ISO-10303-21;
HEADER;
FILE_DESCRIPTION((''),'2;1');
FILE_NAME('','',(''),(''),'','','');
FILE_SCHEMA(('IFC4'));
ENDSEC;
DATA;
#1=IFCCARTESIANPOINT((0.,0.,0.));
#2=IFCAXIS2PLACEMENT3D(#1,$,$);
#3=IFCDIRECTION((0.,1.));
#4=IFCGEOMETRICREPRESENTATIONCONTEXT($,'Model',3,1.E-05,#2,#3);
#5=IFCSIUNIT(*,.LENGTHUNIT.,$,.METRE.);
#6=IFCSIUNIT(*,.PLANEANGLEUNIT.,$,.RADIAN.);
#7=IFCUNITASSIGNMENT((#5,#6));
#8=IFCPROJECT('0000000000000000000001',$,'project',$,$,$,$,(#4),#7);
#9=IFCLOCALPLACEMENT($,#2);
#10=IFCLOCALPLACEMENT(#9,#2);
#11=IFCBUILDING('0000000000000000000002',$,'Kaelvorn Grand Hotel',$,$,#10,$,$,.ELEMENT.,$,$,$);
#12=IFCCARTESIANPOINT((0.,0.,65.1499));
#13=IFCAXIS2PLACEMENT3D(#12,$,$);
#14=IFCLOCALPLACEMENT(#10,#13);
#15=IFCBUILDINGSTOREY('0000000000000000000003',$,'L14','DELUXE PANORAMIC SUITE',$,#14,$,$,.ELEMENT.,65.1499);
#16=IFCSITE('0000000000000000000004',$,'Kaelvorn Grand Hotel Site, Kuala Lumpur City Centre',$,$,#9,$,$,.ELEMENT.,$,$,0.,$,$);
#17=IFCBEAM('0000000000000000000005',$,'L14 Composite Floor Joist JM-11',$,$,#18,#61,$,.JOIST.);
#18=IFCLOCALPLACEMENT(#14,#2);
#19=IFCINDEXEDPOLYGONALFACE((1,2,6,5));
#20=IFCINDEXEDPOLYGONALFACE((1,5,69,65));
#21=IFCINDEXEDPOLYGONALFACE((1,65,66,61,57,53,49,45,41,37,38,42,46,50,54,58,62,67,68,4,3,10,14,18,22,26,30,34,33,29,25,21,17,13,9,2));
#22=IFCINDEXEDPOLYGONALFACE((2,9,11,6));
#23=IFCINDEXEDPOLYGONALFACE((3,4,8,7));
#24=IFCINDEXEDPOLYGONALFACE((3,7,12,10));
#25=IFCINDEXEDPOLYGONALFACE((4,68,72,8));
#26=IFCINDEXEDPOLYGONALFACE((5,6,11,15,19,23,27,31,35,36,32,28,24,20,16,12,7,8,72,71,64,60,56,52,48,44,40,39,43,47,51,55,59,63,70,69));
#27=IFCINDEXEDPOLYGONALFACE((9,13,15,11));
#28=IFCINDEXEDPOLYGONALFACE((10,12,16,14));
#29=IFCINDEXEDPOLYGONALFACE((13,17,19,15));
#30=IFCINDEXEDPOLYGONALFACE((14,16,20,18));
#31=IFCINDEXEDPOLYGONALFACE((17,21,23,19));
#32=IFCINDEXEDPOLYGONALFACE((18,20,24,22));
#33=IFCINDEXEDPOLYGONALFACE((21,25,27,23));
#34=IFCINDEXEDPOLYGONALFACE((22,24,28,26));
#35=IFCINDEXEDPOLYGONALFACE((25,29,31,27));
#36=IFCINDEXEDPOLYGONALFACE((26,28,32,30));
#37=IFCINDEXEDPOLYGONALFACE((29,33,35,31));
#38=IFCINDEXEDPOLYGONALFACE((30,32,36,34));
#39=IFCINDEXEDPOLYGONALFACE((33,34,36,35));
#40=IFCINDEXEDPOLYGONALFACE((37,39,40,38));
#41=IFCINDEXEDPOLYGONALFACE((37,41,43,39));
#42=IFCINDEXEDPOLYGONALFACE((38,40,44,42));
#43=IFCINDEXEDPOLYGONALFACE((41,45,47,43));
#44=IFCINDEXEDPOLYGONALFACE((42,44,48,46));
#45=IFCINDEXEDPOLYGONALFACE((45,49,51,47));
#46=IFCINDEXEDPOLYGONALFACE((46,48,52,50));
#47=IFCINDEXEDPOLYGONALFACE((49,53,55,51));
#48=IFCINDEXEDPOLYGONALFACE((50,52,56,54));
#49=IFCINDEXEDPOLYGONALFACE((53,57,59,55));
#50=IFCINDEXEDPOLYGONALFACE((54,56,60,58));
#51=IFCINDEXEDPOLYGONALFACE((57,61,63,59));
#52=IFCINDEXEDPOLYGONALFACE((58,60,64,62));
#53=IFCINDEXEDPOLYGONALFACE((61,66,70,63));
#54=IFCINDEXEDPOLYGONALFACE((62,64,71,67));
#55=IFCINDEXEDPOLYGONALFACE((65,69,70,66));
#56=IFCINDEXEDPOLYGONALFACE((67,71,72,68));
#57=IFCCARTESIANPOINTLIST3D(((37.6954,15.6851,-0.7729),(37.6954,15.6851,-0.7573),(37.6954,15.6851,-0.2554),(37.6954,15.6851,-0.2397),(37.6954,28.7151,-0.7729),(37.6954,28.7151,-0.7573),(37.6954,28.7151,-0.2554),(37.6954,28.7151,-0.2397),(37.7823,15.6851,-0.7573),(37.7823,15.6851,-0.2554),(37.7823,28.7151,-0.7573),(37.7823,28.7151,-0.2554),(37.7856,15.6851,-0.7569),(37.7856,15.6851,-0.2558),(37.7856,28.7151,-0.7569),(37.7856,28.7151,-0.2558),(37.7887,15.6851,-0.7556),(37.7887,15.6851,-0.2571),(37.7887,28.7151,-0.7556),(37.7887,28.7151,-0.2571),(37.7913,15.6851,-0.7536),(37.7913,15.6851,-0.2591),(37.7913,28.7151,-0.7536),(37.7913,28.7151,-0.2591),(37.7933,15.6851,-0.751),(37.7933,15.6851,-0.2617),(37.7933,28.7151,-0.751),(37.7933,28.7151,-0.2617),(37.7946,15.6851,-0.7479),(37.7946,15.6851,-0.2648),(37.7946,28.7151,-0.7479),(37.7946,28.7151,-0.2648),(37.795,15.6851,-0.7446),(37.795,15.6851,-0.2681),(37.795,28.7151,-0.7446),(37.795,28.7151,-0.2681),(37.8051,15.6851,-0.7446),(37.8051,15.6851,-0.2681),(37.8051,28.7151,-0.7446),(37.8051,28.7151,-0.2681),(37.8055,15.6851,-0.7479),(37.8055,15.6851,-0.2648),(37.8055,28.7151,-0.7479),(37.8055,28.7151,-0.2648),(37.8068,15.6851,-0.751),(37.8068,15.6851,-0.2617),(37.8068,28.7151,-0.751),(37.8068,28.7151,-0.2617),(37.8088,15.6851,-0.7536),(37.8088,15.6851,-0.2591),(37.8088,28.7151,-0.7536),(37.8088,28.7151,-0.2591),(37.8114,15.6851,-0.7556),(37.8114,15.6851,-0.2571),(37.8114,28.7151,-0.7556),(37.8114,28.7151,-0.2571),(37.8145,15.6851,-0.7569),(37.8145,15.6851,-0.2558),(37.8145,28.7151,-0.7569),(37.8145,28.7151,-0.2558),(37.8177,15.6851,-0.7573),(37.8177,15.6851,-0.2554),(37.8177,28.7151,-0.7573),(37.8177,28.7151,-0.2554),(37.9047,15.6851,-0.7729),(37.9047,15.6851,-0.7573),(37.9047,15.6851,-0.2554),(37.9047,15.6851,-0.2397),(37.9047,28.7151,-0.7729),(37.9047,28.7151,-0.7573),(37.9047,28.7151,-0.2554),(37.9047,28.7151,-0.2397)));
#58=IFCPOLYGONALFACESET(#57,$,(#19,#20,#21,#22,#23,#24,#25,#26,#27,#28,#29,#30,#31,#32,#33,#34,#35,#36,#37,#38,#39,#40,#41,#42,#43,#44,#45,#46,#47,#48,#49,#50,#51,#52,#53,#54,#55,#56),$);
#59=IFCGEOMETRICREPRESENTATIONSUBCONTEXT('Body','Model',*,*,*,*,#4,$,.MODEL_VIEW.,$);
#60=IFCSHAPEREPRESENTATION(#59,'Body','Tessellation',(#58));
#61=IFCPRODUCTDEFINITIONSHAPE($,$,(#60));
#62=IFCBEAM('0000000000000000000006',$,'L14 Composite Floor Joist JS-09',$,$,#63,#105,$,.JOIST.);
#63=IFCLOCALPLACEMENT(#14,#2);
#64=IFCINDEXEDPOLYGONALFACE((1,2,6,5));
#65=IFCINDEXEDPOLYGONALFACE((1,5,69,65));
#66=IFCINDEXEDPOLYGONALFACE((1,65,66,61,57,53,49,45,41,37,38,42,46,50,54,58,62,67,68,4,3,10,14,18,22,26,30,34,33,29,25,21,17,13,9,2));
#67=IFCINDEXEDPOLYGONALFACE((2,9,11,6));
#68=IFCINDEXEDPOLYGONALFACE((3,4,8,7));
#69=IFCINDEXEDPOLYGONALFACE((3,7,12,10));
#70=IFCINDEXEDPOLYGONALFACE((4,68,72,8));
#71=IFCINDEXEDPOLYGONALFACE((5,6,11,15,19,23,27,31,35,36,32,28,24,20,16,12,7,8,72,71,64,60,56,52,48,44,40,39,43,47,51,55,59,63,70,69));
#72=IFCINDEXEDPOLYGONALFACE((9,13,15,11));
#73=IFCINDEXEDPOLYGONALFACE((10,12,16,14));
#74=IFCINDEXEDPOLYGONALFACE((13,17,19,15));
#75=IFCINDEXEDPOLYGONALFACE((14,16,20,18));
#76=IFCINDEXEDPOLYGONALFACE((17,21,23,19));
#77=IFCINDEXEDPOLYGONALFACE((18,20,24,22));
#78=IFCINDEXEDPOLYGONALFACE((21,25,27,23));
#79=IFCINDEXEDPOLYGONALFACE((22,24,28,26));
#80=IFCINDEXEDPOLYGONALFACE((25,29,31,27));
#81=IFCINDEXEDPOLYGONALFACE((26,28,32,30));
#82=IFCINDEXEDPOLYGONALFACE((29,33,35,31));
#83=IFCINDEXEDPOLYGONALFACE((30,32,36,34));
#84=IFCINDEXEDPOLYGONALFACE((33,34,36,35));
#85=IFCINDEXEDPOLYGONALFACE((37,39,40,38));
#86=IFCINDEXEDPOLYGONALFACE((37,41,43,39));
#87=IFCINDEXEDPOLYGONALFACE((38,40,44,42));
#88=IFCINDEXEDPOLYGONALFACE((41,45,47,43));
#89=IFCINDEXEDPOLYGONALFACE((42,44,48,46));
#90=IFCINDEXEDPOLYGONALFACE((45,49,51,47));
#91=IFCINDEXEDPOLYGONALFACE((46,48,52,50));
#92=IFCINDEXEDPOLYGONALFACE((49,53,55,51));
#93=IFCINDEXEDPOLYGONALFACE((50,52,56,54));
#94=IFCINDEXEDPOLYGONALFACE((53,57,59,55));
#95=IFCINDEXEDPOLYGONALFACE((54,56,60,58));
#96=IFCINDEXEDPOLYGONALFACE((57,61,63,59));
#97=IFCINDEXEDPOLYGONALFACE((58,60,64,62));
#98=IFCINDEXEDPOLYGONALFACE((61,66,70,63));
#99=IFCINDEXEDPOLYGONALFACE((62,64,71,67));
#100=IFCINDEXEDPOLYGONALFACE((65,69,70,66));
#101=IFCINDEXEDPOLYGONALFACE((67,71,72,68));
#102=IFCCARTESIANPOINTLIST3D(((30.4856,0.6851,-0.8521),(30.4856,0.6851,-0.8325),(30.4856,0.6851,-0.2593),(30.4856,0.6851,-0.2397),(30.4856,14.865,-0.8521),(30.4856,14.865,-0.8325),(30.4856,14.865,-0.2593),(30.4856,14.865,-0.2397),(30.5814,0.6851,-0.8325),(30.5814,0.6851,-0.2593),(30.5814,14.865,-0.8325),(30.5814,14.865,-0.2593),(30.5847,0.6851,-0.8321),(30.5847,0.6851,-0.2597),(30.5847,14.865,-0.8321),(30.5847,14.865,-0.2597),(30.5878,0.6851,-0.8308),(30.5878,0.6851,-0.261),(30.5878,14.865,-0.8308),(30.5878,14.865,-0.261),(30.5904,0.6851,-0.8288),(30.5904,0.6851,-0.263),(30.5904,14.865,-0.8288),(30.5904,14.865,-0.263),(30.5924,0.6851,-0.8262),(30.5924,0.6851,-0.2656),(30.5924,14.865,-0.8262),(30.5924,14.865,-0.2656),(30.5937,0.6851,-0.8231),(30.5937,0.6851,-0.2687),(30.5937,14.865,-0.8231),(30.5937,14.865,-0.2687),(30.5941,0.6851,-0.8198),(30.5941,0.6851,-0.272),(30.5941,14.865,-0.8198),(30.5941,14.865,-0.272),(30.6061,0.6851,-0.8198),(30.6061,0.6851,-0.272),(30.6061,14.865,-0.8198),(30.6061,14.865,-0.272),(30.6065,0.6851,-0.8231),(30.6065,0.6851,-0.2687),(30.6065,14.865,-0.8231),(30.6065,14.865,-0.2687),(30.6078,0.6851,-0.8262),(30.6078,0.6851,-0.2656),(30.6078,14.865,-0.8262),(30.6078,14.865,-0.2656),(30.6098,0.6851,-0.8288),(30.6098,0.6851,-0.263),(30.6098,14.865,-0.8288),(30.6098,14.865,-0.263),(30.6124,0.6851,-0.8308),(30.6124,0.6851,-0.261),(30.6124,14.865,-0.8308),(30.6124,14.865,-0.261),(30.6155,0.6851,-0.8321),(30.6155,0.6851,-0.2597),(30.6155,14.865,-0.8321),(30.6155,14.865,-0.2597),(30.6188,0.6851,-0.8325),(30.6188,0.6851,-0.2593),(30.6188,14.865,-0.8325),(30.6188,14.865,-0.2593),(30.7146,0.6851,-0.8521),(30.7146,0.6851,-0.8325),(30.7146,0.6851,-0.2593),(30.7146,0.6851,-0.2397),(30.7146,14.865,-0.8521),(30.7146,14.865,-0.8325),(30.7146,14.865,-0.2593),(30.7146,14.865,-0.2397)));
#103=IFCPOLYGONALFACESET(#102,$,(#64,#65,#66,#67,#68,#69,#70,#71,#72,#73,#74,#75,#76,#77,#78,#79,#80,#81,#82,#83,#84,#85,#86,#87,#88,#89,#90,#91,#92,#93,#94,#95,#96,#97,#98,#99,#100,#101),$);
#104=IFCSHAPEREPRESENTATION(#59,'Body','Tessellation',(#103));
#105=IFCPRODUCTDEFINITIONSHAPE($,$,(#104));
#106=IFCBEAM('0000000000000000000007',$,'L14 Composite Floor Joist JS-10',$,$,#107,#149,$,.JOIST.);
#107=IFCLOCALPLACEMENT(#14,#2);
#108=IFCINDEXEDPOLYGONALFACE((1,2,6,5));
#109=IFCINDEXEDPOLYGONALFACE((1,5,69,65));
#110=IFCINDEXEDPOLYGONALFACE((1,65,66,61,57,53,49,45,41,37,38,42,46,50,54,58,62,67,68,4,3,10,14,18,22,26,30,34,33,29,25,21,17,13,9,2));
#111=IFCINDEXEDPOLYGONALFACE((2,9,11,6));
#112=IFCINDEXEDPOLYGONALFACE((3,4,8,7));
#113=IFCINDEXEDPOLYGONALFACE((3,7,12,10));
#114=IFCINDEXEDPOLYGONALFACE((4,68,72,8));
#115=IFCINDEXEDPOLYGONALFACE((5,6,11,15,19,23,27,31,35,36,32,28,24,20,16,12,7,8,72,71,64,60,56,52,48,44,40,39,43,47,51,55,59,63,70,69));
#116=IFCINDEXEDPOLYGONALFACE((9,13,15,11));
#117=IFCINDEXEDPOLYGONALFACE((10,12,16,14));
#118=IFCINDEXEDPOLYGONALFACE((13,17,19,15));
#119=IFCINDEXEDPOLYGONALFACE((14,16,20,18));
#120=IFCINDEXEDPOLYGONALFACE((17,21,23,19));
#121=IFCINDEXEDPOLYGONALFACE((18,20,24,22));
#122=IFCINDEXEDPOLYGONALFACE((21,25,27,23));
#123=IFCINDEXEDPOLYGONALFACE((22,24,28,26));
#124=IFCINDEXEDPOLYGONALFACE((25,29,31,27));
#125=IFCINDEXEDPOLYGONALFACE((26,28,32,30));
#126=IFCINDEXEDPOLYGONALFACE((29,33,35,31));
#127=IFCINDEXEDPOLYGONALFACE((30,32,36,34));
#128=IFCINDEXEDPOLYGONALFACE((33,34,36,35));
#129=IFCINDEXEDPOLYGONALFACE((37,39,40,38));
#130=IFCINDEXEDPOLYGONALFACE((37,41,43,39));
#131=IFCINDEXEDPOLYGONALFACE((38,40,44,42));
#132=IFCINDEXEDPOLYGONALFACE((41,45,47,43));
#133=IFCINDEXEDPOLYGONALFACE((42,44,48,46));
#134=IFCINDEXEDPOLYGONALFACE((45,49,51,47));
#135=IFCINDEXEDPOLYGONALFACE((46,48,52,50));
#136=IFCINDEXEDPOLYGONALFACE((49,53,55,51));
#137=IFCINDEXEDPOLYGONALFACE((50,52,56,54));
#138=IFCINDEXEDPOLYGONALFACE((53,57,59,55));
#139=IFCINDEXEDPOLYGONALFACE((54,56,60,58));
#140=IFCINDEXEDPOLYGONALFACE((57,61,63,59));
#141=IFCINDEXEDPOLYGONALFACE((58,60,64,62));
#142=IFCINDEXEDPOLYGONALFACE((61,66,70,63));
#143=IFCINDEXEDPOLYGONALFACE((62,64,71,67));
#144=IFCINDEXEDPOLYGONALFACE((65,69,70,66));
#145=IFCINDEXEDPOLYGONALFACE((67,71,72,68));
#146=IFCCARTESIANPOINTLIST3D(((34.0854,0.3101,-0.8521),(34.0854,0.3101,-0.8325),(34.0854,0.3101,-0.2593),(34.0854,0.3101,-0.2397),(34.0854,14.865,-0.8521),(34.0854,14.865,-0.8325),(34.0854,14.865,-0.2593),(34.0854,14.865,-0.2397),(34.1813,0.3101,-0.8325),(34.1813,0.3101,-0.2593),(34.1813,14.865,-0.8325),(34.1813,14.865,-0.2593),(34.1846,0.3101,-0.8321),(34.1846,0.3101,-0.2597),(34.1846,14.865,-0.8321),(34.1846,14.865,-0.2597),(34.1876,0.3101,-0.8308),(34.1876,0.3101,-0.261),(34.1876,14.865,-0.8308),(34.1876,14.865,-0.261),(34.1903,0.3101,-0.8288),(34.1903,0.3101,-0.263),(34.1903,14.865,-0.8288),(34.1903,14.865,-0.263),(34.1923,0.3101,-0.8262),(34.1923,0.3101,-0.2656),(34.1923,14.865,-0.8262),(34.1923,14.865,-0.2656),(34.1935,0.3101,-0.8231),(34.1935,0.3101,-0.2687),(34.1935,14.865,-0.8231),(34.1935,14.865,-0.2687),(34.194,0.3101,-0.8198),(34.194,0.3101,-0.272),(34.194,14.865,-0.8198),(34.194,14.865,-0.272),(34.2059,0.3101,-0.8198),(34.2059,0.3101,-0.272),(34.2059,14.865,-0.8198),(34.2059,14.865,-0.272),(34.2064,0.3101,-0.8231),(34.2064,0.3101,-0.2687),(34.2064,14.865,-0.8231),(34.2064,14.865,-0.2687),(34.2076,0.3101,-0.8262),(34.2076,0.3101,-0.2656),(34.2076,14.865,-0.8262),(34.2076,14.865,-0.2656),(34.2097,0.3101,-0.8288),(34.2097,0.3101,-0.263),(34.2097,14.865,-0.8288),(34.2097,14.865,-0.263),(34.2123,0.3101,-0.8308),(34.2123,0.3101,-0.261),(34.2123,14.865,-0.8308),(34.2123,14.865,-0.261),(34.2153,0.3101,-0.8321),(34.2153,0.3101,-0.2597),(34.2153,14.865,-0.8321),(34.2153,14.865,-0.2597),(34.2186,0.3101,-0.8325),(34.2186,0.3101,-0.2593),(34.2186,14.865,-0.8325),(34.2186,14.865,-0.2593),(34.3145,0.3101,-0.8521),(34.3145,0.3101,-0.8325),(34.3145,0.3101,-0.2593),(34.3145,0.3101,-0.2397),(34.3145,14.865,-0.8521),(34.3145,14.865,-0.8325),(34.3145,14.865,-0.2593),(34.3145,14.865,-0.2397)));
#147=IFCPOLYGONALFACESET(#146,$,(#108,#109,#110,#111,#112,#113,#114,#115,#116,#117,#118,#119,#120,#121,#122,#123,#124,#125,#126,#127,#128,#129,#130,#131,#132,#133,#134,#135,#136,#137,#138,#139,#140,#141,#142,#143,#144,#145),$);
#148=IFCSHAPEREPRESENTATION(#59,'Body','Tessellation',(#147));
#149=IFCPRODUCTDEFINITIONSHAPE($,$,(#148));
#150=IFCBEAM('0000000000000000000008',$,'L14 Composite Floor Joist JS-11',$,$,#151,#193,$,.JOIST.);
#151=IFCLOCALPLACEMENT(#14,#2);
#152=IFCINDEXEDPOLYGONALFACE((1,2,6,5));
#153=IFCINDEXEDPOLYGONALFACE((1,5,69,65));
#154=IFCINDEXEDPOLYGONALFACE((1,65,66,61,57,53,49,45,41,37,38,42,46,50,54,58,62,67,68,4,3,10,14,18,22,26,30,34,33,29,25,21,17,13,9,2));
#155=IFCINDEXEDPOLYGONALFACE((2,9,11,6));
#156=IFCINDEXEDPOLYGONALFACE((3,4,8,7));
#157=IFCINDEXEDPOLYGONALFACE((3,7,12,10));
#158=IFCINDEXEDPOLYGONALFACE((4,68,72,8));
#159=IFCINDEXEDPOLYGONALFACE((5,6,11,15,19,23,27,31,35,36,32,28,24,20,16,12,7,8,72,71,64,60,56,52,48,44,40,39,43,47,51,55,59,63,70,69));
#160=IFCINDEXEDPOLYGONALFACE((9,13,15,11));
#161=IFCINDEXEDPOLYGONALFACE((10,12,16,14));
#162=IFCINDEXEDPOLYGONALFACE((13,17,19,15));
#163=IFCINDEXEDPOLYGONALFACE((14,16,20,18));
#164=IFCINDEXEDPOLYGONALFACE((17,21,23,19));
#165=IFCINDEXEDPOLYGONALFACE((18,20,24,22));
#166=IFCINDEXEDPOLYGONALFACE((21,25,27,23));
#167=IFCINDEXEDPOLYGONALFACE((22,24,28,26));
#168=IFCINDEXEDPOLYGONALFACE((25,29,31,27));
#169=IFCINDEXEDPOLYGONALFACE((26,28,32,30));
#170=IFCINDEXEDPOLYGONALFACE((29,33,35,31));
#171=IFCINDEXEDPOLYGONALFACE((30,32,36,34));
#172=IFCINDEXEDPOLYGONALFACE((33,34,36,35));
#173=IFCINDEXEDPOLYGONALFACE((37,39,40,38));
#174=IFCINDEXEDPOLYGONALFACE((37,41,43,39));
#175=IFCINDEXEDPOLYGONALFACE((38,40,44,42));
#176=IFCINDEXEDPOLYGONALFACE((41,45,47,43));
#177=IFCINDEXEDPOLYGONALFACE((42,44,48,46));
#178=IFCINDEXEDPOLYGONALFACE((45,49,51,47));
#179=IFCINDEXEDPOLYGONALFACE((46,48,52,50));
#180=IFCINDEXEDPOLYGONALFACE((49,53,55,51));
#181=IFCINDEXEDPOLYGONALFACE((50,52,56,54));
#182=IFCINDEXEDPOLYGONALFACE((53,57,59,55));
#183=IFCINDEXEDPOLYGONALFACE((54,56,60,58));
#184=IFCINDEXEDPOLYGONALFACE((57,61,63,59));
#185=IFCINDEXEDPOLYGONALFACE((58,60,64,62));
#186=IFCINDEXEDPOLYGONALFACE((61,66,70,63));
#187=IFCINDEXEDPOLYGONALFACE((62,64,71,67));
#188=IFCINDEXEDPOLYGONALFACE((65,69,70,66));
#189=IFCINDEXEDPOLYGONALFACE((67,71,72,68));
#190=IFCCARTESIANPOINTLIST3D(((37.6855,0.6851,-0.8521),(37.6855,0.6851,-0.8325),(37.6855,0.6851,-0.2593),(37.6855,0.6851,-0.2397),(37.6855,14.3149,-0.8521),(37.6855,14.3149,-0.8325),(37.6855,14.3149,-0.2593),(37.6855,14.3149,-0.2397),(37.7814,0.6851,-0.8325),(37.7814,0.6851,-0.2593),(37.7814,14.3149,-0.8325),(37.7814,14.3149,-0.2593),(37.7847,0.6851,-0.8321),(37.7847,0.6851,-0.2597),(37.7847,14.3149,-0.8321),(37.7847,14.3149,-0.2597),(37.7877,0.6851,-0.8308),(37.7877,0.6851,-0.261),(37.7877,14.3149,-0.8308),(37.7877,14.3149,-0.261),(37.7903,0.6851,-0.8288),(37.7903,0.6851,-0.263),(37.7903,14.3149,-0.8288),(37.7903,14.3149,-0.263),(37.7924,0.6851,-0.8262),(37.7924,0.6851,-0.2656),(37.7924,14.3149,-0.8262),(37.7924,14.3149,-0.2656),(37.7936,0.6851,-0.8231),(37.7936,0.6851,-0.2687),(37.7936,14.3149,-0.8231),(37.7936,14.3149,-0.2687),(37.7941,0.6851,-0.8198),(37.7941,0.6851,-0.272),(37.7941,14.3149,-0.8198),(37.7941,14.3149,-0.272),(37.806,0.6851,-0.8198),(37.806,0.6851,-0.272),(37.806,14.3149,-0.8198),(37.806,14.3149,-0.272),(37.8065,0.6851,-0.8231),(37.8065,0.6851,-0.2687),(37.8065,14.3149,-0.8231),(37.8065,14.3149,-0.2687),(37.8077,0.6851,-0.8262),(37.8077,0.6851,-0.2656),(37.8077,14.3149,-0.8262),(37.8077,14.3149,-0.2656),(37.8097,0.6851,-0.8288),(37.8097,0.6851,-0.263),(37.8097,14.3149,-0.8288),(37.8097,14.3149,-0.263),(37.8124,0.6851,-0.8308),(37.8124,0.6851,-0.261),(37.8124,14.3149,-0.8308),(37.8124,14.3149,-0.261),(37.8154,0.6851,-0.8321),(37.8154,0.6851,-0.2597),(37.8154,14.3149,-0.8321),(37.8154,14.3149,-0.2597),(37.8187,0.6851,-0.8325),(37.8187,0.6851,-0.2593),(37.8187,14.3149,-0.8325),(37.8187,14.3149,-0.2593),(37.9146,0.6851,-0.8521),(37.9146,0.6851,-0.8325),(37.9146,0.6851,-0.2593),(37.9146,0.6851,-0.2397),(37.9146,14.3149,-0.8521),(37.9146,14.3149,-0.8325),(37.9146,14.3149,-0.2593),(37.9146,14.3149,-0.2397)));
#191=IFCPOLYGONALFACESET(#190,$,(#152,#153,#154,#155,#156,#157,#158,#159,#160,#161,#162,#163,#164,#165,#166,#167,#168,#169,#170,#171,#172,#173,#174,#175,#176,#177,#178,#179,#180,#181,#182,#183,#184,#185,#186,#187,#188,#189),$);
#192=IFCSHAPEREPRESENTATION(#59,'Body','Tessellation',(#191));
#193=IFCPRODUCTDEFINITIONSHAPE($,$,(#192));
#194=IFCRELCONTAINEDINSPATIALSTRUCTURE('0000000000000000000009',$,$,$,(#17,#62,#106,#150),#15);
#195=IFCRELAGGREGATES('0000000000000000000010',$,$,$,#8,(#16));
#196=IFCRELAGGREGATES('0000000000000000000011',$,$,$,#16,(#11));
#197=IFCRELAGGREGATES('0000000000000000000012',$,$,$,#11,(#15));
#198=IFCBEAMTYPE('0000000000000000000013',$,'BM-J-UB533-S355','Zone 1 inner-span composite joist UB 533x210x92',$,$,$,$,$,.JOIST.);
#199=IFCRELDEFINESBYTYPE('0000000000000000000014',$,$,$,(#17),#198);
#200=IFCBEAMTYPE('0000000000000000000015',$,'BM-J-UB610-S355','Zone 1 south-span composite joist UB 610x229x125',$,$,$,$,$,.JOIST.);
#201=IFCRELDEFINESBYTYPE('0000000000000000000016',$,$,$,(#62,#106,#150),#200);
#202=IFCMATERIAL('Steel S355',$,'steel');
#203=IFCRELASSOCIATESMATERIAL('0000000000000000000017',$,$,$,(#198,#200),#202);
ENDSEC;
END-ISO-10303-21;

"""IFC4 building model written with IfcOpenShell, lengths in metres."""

from ifc_helpers import new_model, si_unit, direction, frame, origin, origin_2d, place, context, subcontext, project, spatial, i_section, extrude, material, material_profile, profile_set, type_object, element, save


model = new_model("IFC4")

# Units and contexts
model_context = context("Model", 3, precision=1e-05, world=origin(), true_north=direction((0.0, 1.0)))
body_context = subcontext(model_context, "Body", "Model", "MODEL_VIEW")
ifc_project = project(units=[si_unit("LENGTHUNIT", "METRE"), si_unit("PLANEANGLEUNIT", "RADIAN")], contexts=[model_context])

# Site, building, storey
site_placement = place(None, origin())
site = spatial("IfcSite", under=ifc_project, at=site_placement, Name="Kaelvorn Grand Hotel Site, Kuala Lumpur City Centre", CompositionType="ELEMENT", RefElevation=0.0)
building_placement = place(site_placement, origin())
building = spatial("IfcBuilding", under=site, at=building_placement, Name="Kaelvorn Grand Hotel", CompositionType="ELEMENT")
storey_placement = place(building_placement, frame((0.0, 0.0, 65.1499)))
storey = spatial("IfcBuildingStorey", under=building, at=storey_placement, Name="L14", Description="DELUXE PANORAMIC SUITE", CompositionType="ELEMENT", Elevation=65.1499)

# Beams
ifc_material_1 = material(Name="Steel S355", Category="steel")
ifc_material_profile_1 = material_profile(ifc_material_1, i_section(OverallWidth=0.2092, OverallDepth=0.5332, WebThickness=0.01, FlangeThickness=0.0156, FilletRadius=0.0127, at=origin_2d()), Name="UB 533x210x92")
ifc_profile_set_1 = profile_set([ifc_material_profile_1], Name="Steel S355")
beam_type_1 = type_object("IfcBeamType", Name="BM-J-UB533-S355", Description="Zone 1 inner-span composite joist UB 533x210x92", PredefinedType="JOIST", material=ifc_profile_set_1)
beam_1_placement = place(storey_placement, frame((37.8, 15.6851, -0.5063), z_axis=(0.0, 1.0, 0.0), x_axis=(-1.0, 0.0, 0.0)))
element("IfcBeam", 1, at=beam_1_placement, inside=storey, type_object=beam_type_1, Name="L14 Composite Floor Joist JM-11", PredefinedType="JOIST", context=body_context, shape_type="SweptSolid", body=[
    extrude(i_section(OverallWidth=0.2092, OverallDepth=0.5332, WebThickness=0.01, FlangeThickness=0.0156, FilletRadius=0.0127, at=origin_2d()), origin(), (0.0, 0.0, 1.0), 13.03),
])
ifc_material_profile_2 = material_profile(ifc_material_1, i_section(OverallWidth=0.229, OverallDepth=0.6123, WebThickness=0.012, FlangeThickness=0.0195, FilletRadius=0.0127, at=origin_2d()), Name="UB 610x229x125")
ifc_profile_set_2 = profile_set([ifc_material_profile_2], Name="Steel S355")
beam_type_2 = type_object("IfcBeamType", Name="BM-J-UB610-S355", Description="Zone 1 south-span composite joist UB 610x229x125", PredefinedType="JOIST", material=ifc_profile_set_2)
beam_2_placement = place(storey_placement, frame((30.6001, 0.6851, -0.5459), z_axis=(0.0, 1.0, 0.0), x_axis=(-1.0, 0.0, 0.0)))
element("IfcBeam", 2, at=beam_2_placement, inside=storey, type_object=beam_type_2, Name="L14 Composite Floor Joist JS-09", PredefinedType="JOIST", context=body_context, shape_type="SweptSolid", body=[
    extrude(i_section(OverallWidth=0.229, OverallDepth=0.6123, WebThickness=0.012, FlangeThickness=0.0195, FilletRadius=0.0127, at=origin_2d()), origin(), (0.0, 0.0, 1.0), 14.1799),
])
beam_3_placement = place(storey_placement, frame((34.2, 0.3101, -0.5459), z_axis=(0.0, 1.0, 0.0), x_axis=(-1.0, 0.0, 0.0)))
element("IfcBeam", 3, at=beam_3_placement, inside=storey, type_object=beam_type_2, Name="L14 Composite Floor Joist JS-10", PredefinedType="JOIST", context=body_context, shape_type="SweptSolid", body=[
    extrude(i_section(OverallWidth=0.229, OverallDepth=0.6123, WebThickness=0.012, FlangeThickness=0.0195, FilletRadius=0.0127, at=origin_2d()), origin(), (0.0, 0.0, 1.0), 14.5549),
])
beam_4_placement = place(storey_placement, frame((37.8, 0.6851, -0.5459), z_axis=(0.0, 1.0, 0.0), x_axis=(-1.0, 0.0, 0.0)))
element("IfcBeam", 4, at=beam_4_placement, inside=storey, type_object=beam_type_2, Name="L14 Composite Floor Joist JS-11", PredefinedType="JOIST", context=body_context, shape_type="SweptSolid", body=[
    extrude(i_section(OverallWidth=0.229, OverallDepth=0.6123, WebThickness=0.012, FlangeThickness=0.0195, FilletRadius=0.0127, at=origin_2d()), origin(), (0.0, 0.0, 1.0), 13.6299),
])

save(model, "model.ifc")
